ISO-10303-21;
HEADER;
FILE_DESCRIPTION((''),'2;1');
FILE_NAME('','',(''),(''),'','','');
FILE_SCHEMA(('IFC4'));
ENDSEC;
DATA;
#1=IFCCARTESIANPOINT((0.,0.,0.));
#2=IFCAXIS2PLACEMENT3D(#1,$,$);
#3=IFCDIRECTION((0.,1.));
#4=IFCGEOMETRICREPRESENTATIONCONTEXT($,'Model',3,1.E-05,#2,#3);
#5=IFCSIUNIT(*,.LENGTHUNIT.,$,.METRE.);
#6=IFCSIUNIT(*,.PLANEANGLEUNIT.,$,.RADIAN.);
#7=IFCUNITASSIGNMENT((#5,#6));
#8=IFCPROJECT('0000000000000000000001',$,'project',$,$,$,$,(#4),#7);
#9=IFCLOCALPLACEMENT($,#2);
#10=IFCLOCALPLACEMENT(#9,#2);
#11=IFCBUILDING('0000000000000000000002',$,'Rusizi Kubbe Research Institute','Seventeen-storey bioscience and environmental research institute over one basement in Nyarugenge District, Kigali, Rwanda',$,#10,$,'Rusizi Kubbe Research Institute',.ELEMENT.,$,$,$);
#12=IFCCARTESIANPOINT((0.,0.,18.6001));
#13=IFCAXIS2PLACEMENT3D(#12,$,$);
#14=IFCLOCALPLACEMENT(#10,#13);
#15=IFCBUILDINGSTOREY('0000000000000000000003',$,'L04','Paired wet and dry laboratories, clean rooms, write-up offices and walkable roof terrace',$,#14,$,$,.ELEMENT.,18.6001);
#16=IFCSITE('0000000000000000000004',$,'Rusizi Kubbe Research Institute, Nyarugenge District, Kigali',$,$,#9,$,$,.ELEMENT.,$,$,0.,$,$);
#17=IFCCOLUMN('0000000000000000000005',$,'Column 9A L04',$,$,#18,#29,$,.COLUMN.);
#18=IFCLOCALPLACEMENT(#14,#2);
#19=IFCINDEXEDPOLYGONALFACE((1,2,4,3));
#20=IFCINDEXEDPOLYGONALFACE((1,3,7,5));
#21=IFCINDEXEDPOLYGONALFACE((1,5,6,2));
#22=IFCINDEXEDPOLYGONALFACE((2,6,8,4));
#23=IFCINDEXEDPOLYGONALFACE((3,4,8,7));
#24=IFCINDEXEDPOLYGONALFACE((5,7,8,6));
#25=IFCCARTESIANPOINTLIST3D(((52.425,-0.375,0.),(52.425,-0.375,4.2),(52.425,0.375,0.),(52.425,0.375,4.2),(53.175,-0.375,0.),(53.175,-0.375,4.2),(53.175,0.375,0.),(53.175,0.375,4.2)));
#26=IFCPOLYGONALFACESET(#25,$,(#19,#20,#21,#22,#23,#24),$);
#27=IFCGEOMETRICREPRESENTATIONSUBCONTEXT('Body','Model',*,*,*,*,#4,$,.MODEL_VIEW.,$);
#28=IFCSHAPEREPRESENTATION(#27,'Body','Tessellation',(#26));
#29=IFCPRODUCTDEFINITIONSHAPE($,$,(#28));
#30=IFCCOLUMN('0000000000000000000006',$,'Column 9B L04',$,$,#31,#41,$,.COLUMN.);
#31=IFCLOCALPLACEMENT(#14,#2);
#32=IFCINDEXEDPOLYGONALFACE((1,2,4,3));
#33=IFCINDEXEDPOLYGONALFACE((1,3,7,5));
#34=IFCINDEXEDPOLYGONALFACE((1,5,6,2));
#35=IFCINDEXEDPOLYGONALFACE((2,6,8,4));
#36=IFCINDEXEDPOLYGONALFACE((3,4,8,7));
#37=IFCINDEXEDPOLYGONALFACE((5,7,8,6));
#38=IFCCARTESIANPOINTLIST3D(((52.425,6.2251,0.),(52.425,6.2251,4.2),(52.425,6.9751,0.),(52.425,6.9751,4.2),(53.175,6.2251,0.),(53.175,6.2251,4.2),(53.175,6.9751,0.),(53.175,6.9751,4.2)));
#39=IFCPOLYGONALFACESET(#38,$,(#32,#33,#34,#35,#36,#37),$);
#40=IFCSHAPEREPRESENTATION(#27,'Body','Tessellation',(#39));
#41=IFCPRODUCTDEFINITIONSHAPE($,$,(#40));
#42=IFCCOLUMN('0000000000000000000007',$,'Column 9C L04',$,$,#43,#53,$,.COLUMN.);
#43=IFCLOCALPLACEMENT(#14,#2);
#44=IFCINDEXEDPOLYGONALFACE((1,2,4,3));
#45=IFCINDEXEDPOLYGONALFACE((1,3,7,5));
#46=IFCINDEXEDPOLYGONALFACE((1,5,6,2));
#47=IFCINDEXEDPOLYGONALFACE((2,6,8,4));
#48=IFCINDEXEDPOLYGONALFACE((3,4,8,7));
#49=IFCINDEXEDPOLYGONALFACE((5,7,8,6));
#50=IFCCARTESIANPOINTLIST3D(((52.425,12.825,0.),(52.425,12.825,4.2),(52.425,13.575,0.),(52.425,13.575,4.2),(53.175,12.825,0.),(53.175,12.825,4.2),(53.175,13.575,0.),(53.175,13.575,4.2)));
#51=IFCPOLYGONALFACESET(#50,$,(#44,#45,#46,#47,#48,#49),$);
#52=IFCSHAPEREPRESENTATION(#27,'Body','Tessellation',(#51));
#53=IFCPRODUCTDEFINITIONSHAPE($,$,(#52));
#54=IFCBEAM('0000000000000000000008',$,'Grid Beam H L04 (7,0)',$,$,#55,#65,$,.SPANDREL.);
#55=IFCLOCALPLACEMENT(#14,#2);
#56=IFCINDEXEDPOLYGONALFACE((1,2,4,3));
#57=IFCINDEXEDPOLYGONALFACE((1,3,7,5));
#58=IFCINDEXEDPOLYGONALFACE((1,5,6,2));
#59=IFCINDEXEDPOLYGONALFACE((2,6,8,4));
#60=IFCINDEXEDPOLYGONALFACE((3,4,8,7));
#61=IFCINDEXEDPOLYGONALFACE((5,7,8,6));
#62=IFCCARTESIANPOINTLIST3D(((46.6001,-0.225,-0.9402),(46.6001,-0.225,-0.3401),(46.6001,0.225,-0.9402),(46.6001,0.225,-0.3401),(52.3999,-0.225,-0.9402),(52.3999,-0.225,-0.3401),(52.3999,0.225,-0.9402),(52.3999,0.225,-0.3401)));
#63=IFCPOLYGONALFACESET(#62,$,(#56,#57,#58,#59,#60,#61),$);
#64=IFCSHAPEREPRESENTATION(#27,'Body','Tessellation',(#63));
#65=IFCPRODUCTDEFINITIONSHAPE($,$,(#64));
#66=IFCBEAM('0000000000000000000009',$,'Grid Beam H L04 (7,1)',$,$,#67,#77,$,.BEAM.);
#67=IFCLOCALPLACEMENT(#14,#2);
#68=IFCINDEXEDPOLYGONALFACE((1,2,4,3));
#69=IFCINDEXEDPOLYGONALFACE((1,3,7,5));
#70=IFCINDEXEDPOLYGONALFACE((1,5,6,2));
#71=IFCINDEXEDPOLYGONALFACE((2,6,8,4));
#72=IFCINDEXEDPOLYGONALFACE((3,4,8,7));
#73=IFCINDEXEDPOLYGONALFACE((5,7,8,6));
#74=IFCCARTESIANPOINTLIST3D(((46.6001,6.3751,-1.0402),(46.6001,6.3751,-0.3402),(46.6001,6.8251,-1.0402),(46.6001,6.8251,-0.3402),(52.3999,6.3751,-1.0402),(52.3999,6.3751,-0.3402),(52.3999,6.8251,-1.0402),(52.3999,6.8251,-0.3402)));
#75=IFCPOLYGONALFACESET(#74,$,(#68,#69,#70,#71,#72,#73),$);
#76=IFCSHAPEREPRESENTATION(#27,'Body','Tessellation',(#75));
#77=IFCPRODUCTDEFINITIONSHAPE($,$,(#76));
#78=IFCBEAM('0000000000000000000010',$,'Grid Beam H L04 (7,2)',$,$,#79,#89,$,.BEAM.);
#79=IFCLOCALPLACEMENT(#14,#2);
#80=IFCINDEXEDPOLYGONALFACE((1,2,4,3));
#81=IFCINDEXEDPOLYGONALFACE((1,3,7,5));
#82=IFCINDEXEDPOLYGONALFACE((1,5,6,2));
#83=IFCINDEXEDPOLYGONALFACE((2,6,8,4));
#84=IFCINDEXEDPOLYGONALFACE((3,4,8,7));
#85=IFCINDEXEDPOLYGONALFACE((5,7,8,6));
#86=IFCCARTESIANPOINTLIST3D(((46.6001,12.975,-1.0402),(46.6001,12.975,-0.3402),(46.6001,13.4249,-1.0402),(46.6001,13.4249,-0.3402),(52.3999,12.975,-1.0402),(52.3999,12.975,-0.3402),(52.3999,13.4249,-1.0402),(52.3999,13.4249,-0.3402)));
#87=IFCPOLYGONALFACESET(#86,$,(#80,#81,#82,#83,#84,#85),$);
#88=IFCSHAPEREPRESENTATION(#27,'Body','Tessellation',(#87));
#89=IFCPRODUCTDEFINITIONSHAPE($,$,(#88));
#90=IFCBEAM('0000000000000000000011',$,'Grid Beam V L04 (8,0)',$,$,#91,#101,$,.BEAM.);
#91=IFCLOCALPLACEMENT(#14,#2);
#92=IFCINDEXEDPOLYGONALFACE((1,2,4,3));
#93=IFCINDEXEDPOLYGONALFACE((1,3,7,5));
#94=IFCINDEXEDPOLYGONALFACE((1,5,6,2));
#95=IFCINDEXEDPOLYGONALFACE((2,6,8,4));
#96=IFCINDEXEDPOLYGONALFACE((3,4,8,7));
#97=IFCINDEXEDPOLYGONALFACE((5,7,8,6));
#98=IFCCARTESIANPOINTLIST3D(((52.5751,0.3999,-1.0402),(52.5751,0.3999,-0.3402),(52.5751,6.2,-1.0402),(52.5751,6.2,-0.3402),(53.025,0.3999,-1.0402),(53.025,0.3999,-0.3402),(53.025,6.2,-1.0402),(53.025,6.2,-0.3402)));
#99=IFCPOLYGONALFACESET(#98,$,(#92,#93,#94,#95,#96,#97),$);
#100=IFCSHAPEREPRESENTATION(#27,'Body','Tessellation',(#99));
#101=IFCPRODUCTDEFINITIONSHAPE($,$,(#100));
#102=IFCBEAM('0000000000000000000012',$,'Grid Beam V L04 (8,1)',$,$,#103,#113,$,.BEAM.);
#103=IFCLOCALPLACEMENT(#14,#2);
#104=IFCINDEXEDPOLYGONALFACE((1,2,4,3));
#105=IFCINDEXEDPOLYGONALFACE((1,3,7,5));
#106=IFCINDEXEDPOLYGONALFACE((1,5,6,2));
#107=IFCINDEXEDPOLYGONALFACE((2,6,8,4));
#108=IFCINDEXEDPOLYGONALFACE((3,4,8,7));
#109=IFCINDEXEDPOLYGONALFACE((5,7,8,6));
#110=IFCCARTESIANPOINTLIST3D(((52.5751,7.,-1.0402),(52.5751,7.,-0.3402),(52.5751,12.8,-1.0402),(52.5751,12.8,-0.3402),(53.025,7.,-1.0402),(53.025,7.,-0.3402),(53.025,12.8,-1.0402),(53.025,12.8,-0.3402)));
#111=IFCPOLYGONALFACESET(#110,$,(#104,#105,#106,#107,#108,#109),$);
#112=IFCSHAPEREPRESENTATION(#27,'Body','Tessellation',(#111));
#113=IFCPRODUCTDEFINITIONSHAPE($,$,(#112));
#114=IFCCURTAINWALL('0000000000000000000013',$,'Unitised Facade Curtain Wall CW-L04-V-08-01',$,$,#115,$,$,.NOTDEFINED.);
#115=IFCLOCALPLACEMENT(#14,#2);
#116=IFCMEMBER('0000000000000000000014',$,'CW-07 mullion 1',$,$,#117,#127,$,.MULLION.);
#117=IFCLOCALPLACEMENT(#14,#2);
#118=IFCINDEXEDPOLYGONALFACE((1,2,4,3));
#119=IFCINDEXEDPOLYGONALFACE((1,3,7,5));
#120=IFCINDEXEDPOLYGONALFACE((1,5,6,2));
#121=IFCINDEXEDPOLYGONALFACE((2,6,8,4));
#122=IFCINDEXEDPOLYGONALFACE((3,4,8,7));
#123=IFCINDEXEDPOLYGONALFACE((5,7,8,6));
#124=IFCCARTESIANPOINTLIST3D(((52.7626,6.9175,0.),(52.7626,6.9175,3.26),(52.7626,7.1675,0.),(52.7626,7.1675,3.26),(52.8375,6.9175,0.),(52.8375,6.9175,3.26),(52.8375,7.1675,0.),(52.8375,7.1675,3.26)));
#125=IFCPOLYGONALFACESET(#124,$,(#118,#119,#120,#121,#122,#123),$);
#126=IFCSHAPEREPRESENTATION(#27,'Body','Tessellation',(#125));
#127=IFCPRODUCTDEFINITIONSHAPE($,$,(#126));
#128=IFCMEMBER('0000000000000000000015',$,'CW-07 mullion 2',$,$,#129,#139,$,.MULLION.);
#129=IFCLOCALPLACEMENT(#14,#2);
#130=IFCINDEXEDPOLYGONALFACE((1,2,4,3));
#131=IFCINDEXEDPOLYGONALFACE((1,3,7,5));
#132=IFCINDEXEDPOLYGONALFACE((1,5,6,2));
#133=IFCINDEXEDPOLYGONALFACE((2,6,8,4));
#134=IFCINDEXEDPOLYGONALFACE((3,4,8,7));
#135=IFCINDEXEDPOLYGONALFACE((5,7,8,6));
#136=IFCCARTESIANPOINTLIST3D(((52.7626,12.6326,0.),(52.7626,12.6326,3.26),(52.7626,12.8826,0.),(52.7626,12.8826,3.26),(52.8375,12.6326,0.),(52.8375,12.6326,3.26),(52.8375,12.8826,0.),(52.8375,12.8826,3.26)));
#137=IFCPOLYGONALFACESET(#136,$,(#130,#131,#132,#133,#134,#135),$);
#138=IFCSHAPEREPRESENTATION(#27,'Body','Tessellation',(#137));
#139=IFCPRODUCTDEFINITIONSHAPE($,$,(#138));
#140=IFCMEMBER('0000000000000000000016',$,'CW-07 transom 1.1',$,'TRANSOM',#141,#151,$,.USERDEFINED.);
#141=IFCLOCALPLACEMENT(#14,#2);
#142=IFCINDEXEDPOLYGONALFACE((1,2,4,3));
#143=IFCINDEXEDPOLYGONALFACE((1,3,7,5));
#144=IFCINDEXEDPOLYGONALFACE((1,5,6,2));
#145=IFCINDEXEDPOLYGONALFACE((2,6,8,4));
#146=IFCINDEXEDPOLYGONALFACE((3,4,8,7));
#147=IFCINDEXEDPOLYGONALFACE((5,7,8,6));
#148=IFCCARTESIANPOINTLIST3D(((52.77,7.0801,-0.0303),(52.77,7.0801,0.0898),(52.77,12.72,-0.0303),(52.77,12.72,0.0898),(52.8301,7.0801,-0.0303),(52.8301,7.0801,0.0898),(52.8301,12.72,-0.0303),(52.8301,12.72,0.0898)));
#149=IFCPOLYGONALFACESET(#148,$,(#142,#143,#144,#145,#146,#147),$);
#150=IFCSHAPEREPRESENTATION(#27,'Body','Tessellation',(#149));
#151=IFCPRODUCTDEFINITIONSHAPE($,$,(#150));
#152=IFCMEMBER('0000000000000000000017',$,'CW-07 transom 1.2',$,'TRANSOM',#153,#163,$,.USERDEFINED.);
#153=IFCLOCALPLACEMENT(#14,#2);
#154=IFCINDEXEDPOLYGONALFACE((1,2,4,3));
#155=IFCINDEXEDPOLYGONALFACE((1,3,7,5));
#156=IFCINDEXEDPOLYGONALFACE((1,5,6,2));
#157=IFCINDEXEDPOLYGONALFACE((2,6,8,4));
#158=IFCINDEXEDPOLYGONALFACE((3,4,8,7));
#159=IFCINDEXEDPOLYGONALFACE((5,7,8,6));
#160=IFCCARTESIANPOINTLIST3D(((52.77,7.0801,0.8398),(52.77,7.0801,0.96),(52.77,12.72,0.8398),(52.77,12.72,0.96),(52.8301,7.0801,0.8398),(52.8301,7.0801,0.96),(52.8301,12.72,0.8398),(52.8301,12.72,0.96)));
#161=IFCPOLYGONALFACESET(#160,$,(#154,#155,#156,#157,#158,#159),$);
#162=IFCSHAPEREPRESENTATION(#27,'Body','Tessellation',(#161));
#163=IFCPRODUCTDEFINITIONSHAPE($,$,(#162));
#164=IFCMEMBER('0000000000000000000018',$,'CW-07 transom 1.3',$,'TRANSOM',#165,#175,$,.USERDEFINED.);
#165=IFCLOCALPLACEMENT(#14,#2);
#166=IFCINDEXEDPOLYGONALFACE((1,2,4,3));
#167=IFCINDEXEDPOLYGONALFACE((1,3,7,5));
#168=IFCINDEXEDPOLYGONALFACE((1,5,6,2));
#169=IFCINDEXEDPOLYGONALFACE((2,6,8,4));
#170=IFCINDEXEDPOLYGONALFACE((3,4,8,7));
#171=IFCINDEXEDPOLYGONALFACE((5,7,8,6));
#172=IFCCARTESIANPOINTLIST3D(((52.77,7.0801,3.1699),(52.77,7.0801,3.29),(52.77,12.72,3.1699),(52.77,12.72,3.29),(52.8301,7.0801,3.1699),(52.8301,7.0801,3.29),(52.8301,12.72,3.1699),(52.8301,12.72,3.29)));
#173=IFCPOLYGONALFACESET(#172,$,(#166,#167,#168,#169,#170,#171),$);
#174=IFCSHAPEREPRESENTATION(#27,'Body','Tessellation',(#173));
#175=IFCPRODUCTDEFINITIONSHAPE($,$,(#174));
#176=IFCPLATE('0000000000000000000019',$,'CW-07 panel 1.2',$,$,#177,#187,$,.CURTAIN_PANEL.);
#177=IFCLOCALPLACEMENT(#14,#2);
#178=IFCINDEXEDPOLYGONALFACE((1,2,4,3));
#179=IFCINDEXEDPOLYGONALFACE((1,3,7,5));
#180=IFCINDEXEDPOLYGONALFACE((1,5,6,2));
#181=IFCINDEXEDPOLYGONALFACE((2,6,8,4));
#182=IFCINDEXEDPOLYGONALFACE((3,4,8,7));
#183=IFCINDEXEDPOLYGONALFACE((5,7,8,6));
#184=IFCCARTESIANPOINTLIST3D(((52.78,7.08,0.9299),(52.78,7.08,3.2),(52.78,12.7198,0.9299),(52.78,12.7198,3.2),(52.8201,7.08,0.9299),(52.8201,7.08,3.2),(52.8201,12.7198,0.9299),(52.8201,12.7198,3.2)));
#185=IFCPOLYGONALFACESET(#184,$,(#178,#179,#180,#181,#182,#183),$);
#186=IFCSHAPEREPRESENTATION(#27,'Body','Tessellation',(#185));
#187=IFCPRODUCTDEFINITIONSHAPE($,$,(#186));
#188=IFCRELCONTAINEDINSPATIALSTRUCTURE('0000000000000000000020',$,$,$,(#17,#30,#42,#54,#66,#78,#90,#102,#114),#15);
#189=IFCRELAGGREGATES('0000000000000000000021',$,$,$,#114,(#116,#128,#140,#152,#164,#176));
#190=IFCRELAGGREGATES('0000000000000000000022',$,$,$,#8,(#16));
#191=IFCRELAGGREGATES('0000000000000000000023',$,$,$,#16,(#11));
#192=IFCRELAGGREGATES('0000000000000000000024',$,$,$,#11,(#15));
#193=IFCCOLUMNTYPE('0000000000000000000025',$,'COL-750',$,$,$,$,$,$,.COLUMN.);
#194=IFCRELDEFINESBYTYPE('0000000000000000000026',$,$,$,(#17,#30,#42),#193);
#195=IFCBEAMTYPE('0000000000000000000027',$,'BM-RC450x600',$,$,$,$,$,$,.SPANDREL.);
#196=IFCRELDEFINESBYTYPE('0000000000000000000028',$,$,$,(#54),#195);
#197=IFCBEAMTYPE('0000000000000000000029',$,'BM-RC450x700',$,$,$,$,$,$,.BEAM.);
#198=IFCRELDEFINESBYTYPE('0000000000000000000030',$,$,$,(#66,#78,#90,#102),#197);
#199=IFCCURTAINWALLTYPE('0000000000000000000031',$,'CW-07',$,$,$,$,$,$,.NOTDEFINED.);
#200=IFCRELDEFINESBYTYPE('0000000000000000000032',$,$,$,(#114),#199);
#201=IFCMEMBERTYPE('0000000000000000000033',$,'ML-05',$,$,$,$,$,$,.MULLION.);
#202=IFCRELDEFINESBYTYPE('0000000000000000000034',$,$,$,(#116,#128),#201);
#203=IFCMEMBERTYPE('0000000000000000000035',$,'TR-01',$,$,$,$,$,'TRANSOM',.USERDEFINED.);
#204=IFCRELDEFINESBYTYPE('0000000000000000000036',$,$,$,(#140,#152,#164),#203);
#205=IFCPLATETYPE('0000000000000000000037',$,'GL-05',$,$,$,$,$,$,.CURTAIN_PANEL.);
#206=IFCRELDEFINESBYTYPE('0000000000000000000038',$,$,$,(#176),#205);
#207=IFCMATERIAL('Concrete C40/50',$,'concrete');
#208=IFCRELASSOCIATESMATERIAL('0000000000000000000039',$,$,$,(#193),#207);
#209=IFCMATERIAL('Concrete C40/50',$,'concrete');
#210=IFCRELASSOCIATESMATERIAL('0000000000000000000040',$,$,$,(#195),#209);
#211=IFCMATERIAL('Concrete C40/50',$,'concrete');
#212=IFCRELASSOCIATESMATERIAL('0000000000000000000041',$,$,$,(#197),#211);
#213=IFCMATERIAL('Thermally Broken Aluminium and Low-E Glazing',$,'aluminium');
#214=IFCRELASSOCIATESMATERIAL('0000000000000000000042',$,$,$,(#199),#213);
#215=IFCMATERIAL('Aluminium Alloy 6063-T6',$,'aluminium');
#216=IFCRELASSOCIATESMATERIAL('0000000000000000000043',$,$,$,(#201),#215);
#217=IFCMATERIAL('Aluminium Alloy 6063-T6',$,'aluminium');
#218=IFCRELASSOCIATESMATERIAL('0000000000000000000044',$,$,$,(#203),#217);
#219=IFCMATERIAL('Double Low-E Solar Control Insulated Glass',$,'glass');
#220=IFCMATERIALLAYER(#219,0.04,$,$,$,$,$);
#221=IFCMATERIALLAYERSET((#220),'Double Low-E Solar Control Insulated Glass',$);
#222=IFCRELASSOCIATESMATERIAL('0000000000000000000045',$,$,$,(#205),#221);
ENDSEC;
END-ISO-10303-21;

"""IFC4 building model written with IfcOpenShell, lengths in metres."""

from ifc_helpers import new_model, si_unit, direction, frame, origin, origin_2d, place, context, subcontext, project, spatial, rectangle, extrude, material, layer, layer_set, material_profile, profile_set, type_object, element, aggregate, save


model = new_model("IFC4")

# Units and contexts
model_context = context("Model", 3, precision=1e-05, world=origin(), true_north=direction((0.0, 1.0)))
body_context = subcontext(model_context, "Body", "Model", "MODEL_VIEW")
ifc_project = project(units=[si_unit("LENGTHUNIT", "METRE"), si_unit("PLANEANGLEUNIT", "RADIAN")], contexts=[model_context])

# Site, building, storey
site_placement = place(None, origin())
site = spatial("IfcSite", under=ifc_project, at=site_placement, Name="Rusizi Kubbe Research Institute, Nyarugenge District, Kigali", CompositionType="ELEMENT", RefElevation=0.0)
building_placement = place(site_placement, origin())
building = spatial("IfcBuilding", under=site, at=building_placement, Name="Rusizi Kubbe Research Institute", Description="Seventeen-storey bioscience and environmental research institute over one basement in Nyarugenge District, Kigali, Rwanda", LongName="Rusizi Kubbe Research Institute", CompositionType="ELEMENT")
storey_placement = place(building_placement, frame((0.0, 0.0, 18.6001)))
storey = spatial("IfcBuildingStorey", under=building, at=storey_placement, Name="L04", Description="Paired wet and dry laboratories, clean rooms, write-up offices and walkable roof terrace", CompositionType="ELEMENT", Elevation=18.6001)

# Columns
ifc_material_1 = material(Name="Concrete C40/50", Category="concrete")
ifc_material_profile_1 = material_profile(ifc_material_1, rectangle(XDim=0.75, YDim=0.75, at=origin_2d()), Name="RC750x750")
ifc_profile_set_1 = profile_set([ifc_material_profile_1], Name="Concrete C40/50")
column_type = type_object("IfcColumnType", Name="COL-750", PredefinedType="COLUMN", material=ifc_profile_set_1)
for number, where, z_axis, x_axis, name in (
    (1, (52.8, 0.0, 0.0), (0.0, 0.0, 1.0), (1.0, 0.0, 0.0), "Column 9A L04"),
    (2, (52.8, 6.6001, 0.0), (0.0, 0.0, 1.0), (1.0, 0.0, 0.0), "Column 9B L04"),
    (3, (52.8, 13.2, 0.0), (0.0, 0.0, 1.0), (1.0, 0.0, 0.0), "Column 9C L04"),
):
    element("IfcColumn", number, at=place(storey_placement, frame(where, z_axis=z_axis, x_axis=x_axis)), inside=storey, type_object=column_type, Name=name, PredefinedType="COLUMN", context=body_context, shape_type="SweptSolid", body=[
        extrude(rectangle(XDim=0.75, YDim=0.75, at=origin_2d()), origin(), (0.0, 0.0, 1.0), 4.2),
    ])

# Beams
ifc_material_2 = material(Name="Concrete C40/50", Category="concrete")
ifc_material_profile_2 = material_profile(ifc_material_2, rectangle(XDim=0.45, YDim=0.6001, at=origin_2d()), Name="RC450x600")
ifc_profile_set_2 = profile_set([ifc_material_profile_2], Name="Concrete C40/50")
beam_type_1 = type_object("IfcBeamType", Name="BM-RC450x600", PredefinedType="SPANDREL", material=ifc_profile_set_2)
beam_placement = place(storey_placement, frame((46.6001, 0.0, -0.6401), z_axis=(1.0, 0.0, 0.0), x_axis=(0.0, 1.0, 0.0)))
element("IfcBeam", 4, at=beam_placement, inside=storey, type_object=beam_type_1, Name="Grid Beam H L04 (7,0)", PredefinedType="SPANDREL", context=body_context, shape_type="SweptSolid", body=[
    extrude(rectangle(XDim=0.45, YDim=0.6001, at=origin_2d()), origin(), (0.0, 0.0, 1.0), 5.7998),
])
ifc_material_3 = material(Name="Concrete C40/50", Category="concrete")
ifc_material_profile_3 = material_profile(ifc_material_3, rectangle(XDim=0.45, YDim=0.7, at=origin_2d()), Name="RC450x700B")
ifc_profile_set_3 = profile_set([ifc_material_profile_3], Name="Concrete C40/50")
beam_type_2 = type_object("IfcBeamType", Name="BM-RC450x700", PredefinedType="BEAM", material=ifc_profile_set_3)
for number, where, z_axis, x_axis, name in (
    (5, (46.6001, 6.6001, -0.6902), (1.0, 0.0, 0.0), (0.0, 1.0, 0.0), "Grid Beam H L04 (7,1)"),
    (6, (46.6001, 13.2, -0.6902), (1.0, 0.0, 0.0), (0.0, 1.0, 0.0), "Grid Beam H L04 (7,2)"),
):
    element("IfcBeam", number, at=place(storey_placement, frame(where, z_axis=z_axis, x_axis=x_axis)), inside=storey, type_object=beam_type_2, Name=name, PredefinedType="BEAM", context=body_context, shape_type="SweptSolid", body=[
        extrude(rectangle(XDim=0.45, YDim=0.7, at=origin_2d()), origin(), (0.0, 0.0, 1.0), 5.7998),
    ])
for number, where, z_axis, x_axis, name in (
    (7, (52.8, 0.3999, -0.6902), (0.0, 1.0, 0.0), (-1.0, 0.0, 0.0), "Grid Beam V L04 (8,0)"),
    (8, (52.8, 7.0, -0.6902), (0.0, 1.0, 0.0), (-1.0, 0.0, 0.0), "Grid Beam V L04 (8,1)"),
):
    element("IfcBeam", number, at=place(storey_placement, frame(where, z_axis=z_axis, x_axis=x_axis)), inside=storey, type_object=beam_type_2, Name=name, PredefinedType="BEAM", context=body_context, shape_type="SweptSolid", body=[
        extrude(rectangle(XDim=0.45, YDim=0.7, at=origin_2d()), origin(), (0.0, 0.0, 1.0), 5.8),
    ])

# Curtain wall, members, plate
ifc_material_4 = material(Name="Thermally Broken Aluminium and Low-E Glazing", Category="aluminium")
curtain_wall_type = type_object("IfcCurtainWallType", Name="CW-07", PredefinedType="NOTDEFINED", material=ifc_material_4)
curtain_wall_placement = place(storey_placement, origin())
curtain_wall = element("IfcCurtainWall", 9, at=curtain_wall_placement, inside=storey, type_object=curtain_wall_type, Name="Unitised Facade Curtain Wall CW-L04-V-08-01", PredefinedType="NOTDEFINED")
ifc_material_5 = material(Name="Aluminium Alloy 6063-T6", Category="aluminium")
ifc_material_profile_4 = material_profile(ifc_material_5, rectangle(XDim=0.075, YDim=0.25, at=origin_2d()), Name="ALU-M 75x250")
ifc_profile_set_4 = profile_set([ifc_material_profile_4], Name="Aluminium Alloy 6063-T6")
member_type_1 = type_object("IfcMemberType", Name="ML-05", PredefinedType="MULLION", material=ifc_profile_set_4)
member_1_placement = place(storey_placement, frame((52.8, 7.0425, 0.0), z_axis=(0.0, 0.0, 1.0), x_axis=(-1.0, 0.0, 0.0)))
member_1 = element("IfcMember", 10, at=member_1_placement, type_object=member_type_1, Name="CW-07 mullion 1", PredefinedType="MULLION", context=body_context, shape_type="SweptSolid", body=[
    extrude(rectangle(XDim=0.075, YDim=0.25, at=origin_2d()), origin(), (0.0, 0.0, 1.0), 3.26),
])
member_2_placement = place(storey_placement, frame((52.8, 12.7576, 0.0), z_axis=(0.0, 0.0, 1.0), x_axis=(-1.0, 0.0, 0.0)))
member_2 = element("IfcMember", 11, at=member_2_placement, type_object=member_type_1, Name="CW-07 mullion 2", PredefinedType="MULLION", context=body_context, shape_type="SweptSolid", body=[
    extrude(rectangle(XDim=0.075, YDim=0.25, at=origin_2d()), origin(), (0.0, 0.0, 1.0), 3.26),
])
ifc_material_6 = material(Name="Aluminium Alloy 6063-T6", Category="aluminium")
ifc_material_profile_5 = material_profile(ifc_material_6, rectangle(XDim=0.0601, YDim=0.1201, at=origin_2d()), Name="ALU-T 60x120")
ifc_profile_set_5 = profile_set([ifc_material_profile_5], Name="Aluminium Alloy 6063-T6")
member_type_2 = type_object("IfcMemberType", Name="TR-01", ElementType="TRANSOM", PredefinedType="USERDEFINED", material=ifc_profile_set_5)
member_3_placement = place(storey_placement, frame((52.8, 7.0801, 0.0298), z_axis=(0.0, 1.0, 0.0), x_axis=(-1.0, 0.0, 0.0)))
member_3 = element("IfcMember", 12, at=member_3_placement, type_object=member_type_2, Name="CW-07 transom 1.1", ObjectType="TRANSOM", PredefinedType="USERDEFINED", context=body_context, shape_type="SweptSolid", body=[
    extrude(rectangle(XDim=0.0601, YDim=0.1201, at=origin_2d()), origin(), (0.0, 0.0, 1.0), 5.6399),
])
member_4_placement = place(storey_placement, frame((52.8, 7.0801, 0.8999), z_axis=(0.0, 1.0, 0.0), x_axis=(-1.0, 0.0, 0.0)))
member_4 = element("IfcMember", 13, at=member_4_placement, type_object=member_type_2, Name="CW-07 transom 1.2", ObjectType="TRANSOM", PredefinedType="USERDEFINED", context=body_context, shape_type="SweptSolid", body=[
    extrude(rectangle(XDim=0.0601, YDim=0.1201, at=origin_2d()), origin(), (0.0, 0.0, 1.0), 5.6399),
])
member_5_placement = place(storey_placement, frame((52.8, 7.0801, 3.23), z_axis=(0.0, 1.0, 0.0), x_axis=(-1.0, 0.0, 0.0)))
member_5 = element("IfcMember", 14, at=member_5_placement, type_object=member_type_2, Name="CW-07 transom 1.3", ObjectType="TRANSOM", PredefinedType="USERDEFINED", context=body_context, shape_type="SweptSolid", body=[
    extrude(rectangle(XDim=0.0601, YDim=0.1201, at=origin_2d()), origin(), (0.0, 0.0, 1.0), 5.6399),
])
ifc_material_7 = material(Name="Double Low-E Solar Control Insulated Glass", Category="glass")
ifc_layer_1 = layer(ifc_material_7, 0.04)
ifc_layer_set_1 = layer_set([ifc_layer_1], Name="Double Low-E Solar Control Insulated Glass")
plate_type_1 = type_object("IfcPlateType", Name="GL-05", PredefinedType="CURTAIN_PANEL", material=ifc_layer_set_1)
plate_1_placement = place(storey_placement, frame((52.8, 9.8999, 0.9299), z_axis=(0.0, 0.0, 1.0), x_axis=(0.0, 1.0, 0.0)))
plate_1 = element("IfcPlate", 15, at=plate_1_placement, type_object=plate_type_1, Name="CW-07 panel 1.2", PredefinedType="CURTAIN_PANEL", context=body_context, shape_type="SweptSolid", body=[
    extrude(rectangle(XDim=5.6399, YDim=0.04, at=origin_2d()), origin(), (0.0, 0.0, 1.0), 2.27),
])
aggregate(curtain_wall, [member_1, member_2, member_3, member_4, member_5, plate_1])

save(model, "model.ifc")
